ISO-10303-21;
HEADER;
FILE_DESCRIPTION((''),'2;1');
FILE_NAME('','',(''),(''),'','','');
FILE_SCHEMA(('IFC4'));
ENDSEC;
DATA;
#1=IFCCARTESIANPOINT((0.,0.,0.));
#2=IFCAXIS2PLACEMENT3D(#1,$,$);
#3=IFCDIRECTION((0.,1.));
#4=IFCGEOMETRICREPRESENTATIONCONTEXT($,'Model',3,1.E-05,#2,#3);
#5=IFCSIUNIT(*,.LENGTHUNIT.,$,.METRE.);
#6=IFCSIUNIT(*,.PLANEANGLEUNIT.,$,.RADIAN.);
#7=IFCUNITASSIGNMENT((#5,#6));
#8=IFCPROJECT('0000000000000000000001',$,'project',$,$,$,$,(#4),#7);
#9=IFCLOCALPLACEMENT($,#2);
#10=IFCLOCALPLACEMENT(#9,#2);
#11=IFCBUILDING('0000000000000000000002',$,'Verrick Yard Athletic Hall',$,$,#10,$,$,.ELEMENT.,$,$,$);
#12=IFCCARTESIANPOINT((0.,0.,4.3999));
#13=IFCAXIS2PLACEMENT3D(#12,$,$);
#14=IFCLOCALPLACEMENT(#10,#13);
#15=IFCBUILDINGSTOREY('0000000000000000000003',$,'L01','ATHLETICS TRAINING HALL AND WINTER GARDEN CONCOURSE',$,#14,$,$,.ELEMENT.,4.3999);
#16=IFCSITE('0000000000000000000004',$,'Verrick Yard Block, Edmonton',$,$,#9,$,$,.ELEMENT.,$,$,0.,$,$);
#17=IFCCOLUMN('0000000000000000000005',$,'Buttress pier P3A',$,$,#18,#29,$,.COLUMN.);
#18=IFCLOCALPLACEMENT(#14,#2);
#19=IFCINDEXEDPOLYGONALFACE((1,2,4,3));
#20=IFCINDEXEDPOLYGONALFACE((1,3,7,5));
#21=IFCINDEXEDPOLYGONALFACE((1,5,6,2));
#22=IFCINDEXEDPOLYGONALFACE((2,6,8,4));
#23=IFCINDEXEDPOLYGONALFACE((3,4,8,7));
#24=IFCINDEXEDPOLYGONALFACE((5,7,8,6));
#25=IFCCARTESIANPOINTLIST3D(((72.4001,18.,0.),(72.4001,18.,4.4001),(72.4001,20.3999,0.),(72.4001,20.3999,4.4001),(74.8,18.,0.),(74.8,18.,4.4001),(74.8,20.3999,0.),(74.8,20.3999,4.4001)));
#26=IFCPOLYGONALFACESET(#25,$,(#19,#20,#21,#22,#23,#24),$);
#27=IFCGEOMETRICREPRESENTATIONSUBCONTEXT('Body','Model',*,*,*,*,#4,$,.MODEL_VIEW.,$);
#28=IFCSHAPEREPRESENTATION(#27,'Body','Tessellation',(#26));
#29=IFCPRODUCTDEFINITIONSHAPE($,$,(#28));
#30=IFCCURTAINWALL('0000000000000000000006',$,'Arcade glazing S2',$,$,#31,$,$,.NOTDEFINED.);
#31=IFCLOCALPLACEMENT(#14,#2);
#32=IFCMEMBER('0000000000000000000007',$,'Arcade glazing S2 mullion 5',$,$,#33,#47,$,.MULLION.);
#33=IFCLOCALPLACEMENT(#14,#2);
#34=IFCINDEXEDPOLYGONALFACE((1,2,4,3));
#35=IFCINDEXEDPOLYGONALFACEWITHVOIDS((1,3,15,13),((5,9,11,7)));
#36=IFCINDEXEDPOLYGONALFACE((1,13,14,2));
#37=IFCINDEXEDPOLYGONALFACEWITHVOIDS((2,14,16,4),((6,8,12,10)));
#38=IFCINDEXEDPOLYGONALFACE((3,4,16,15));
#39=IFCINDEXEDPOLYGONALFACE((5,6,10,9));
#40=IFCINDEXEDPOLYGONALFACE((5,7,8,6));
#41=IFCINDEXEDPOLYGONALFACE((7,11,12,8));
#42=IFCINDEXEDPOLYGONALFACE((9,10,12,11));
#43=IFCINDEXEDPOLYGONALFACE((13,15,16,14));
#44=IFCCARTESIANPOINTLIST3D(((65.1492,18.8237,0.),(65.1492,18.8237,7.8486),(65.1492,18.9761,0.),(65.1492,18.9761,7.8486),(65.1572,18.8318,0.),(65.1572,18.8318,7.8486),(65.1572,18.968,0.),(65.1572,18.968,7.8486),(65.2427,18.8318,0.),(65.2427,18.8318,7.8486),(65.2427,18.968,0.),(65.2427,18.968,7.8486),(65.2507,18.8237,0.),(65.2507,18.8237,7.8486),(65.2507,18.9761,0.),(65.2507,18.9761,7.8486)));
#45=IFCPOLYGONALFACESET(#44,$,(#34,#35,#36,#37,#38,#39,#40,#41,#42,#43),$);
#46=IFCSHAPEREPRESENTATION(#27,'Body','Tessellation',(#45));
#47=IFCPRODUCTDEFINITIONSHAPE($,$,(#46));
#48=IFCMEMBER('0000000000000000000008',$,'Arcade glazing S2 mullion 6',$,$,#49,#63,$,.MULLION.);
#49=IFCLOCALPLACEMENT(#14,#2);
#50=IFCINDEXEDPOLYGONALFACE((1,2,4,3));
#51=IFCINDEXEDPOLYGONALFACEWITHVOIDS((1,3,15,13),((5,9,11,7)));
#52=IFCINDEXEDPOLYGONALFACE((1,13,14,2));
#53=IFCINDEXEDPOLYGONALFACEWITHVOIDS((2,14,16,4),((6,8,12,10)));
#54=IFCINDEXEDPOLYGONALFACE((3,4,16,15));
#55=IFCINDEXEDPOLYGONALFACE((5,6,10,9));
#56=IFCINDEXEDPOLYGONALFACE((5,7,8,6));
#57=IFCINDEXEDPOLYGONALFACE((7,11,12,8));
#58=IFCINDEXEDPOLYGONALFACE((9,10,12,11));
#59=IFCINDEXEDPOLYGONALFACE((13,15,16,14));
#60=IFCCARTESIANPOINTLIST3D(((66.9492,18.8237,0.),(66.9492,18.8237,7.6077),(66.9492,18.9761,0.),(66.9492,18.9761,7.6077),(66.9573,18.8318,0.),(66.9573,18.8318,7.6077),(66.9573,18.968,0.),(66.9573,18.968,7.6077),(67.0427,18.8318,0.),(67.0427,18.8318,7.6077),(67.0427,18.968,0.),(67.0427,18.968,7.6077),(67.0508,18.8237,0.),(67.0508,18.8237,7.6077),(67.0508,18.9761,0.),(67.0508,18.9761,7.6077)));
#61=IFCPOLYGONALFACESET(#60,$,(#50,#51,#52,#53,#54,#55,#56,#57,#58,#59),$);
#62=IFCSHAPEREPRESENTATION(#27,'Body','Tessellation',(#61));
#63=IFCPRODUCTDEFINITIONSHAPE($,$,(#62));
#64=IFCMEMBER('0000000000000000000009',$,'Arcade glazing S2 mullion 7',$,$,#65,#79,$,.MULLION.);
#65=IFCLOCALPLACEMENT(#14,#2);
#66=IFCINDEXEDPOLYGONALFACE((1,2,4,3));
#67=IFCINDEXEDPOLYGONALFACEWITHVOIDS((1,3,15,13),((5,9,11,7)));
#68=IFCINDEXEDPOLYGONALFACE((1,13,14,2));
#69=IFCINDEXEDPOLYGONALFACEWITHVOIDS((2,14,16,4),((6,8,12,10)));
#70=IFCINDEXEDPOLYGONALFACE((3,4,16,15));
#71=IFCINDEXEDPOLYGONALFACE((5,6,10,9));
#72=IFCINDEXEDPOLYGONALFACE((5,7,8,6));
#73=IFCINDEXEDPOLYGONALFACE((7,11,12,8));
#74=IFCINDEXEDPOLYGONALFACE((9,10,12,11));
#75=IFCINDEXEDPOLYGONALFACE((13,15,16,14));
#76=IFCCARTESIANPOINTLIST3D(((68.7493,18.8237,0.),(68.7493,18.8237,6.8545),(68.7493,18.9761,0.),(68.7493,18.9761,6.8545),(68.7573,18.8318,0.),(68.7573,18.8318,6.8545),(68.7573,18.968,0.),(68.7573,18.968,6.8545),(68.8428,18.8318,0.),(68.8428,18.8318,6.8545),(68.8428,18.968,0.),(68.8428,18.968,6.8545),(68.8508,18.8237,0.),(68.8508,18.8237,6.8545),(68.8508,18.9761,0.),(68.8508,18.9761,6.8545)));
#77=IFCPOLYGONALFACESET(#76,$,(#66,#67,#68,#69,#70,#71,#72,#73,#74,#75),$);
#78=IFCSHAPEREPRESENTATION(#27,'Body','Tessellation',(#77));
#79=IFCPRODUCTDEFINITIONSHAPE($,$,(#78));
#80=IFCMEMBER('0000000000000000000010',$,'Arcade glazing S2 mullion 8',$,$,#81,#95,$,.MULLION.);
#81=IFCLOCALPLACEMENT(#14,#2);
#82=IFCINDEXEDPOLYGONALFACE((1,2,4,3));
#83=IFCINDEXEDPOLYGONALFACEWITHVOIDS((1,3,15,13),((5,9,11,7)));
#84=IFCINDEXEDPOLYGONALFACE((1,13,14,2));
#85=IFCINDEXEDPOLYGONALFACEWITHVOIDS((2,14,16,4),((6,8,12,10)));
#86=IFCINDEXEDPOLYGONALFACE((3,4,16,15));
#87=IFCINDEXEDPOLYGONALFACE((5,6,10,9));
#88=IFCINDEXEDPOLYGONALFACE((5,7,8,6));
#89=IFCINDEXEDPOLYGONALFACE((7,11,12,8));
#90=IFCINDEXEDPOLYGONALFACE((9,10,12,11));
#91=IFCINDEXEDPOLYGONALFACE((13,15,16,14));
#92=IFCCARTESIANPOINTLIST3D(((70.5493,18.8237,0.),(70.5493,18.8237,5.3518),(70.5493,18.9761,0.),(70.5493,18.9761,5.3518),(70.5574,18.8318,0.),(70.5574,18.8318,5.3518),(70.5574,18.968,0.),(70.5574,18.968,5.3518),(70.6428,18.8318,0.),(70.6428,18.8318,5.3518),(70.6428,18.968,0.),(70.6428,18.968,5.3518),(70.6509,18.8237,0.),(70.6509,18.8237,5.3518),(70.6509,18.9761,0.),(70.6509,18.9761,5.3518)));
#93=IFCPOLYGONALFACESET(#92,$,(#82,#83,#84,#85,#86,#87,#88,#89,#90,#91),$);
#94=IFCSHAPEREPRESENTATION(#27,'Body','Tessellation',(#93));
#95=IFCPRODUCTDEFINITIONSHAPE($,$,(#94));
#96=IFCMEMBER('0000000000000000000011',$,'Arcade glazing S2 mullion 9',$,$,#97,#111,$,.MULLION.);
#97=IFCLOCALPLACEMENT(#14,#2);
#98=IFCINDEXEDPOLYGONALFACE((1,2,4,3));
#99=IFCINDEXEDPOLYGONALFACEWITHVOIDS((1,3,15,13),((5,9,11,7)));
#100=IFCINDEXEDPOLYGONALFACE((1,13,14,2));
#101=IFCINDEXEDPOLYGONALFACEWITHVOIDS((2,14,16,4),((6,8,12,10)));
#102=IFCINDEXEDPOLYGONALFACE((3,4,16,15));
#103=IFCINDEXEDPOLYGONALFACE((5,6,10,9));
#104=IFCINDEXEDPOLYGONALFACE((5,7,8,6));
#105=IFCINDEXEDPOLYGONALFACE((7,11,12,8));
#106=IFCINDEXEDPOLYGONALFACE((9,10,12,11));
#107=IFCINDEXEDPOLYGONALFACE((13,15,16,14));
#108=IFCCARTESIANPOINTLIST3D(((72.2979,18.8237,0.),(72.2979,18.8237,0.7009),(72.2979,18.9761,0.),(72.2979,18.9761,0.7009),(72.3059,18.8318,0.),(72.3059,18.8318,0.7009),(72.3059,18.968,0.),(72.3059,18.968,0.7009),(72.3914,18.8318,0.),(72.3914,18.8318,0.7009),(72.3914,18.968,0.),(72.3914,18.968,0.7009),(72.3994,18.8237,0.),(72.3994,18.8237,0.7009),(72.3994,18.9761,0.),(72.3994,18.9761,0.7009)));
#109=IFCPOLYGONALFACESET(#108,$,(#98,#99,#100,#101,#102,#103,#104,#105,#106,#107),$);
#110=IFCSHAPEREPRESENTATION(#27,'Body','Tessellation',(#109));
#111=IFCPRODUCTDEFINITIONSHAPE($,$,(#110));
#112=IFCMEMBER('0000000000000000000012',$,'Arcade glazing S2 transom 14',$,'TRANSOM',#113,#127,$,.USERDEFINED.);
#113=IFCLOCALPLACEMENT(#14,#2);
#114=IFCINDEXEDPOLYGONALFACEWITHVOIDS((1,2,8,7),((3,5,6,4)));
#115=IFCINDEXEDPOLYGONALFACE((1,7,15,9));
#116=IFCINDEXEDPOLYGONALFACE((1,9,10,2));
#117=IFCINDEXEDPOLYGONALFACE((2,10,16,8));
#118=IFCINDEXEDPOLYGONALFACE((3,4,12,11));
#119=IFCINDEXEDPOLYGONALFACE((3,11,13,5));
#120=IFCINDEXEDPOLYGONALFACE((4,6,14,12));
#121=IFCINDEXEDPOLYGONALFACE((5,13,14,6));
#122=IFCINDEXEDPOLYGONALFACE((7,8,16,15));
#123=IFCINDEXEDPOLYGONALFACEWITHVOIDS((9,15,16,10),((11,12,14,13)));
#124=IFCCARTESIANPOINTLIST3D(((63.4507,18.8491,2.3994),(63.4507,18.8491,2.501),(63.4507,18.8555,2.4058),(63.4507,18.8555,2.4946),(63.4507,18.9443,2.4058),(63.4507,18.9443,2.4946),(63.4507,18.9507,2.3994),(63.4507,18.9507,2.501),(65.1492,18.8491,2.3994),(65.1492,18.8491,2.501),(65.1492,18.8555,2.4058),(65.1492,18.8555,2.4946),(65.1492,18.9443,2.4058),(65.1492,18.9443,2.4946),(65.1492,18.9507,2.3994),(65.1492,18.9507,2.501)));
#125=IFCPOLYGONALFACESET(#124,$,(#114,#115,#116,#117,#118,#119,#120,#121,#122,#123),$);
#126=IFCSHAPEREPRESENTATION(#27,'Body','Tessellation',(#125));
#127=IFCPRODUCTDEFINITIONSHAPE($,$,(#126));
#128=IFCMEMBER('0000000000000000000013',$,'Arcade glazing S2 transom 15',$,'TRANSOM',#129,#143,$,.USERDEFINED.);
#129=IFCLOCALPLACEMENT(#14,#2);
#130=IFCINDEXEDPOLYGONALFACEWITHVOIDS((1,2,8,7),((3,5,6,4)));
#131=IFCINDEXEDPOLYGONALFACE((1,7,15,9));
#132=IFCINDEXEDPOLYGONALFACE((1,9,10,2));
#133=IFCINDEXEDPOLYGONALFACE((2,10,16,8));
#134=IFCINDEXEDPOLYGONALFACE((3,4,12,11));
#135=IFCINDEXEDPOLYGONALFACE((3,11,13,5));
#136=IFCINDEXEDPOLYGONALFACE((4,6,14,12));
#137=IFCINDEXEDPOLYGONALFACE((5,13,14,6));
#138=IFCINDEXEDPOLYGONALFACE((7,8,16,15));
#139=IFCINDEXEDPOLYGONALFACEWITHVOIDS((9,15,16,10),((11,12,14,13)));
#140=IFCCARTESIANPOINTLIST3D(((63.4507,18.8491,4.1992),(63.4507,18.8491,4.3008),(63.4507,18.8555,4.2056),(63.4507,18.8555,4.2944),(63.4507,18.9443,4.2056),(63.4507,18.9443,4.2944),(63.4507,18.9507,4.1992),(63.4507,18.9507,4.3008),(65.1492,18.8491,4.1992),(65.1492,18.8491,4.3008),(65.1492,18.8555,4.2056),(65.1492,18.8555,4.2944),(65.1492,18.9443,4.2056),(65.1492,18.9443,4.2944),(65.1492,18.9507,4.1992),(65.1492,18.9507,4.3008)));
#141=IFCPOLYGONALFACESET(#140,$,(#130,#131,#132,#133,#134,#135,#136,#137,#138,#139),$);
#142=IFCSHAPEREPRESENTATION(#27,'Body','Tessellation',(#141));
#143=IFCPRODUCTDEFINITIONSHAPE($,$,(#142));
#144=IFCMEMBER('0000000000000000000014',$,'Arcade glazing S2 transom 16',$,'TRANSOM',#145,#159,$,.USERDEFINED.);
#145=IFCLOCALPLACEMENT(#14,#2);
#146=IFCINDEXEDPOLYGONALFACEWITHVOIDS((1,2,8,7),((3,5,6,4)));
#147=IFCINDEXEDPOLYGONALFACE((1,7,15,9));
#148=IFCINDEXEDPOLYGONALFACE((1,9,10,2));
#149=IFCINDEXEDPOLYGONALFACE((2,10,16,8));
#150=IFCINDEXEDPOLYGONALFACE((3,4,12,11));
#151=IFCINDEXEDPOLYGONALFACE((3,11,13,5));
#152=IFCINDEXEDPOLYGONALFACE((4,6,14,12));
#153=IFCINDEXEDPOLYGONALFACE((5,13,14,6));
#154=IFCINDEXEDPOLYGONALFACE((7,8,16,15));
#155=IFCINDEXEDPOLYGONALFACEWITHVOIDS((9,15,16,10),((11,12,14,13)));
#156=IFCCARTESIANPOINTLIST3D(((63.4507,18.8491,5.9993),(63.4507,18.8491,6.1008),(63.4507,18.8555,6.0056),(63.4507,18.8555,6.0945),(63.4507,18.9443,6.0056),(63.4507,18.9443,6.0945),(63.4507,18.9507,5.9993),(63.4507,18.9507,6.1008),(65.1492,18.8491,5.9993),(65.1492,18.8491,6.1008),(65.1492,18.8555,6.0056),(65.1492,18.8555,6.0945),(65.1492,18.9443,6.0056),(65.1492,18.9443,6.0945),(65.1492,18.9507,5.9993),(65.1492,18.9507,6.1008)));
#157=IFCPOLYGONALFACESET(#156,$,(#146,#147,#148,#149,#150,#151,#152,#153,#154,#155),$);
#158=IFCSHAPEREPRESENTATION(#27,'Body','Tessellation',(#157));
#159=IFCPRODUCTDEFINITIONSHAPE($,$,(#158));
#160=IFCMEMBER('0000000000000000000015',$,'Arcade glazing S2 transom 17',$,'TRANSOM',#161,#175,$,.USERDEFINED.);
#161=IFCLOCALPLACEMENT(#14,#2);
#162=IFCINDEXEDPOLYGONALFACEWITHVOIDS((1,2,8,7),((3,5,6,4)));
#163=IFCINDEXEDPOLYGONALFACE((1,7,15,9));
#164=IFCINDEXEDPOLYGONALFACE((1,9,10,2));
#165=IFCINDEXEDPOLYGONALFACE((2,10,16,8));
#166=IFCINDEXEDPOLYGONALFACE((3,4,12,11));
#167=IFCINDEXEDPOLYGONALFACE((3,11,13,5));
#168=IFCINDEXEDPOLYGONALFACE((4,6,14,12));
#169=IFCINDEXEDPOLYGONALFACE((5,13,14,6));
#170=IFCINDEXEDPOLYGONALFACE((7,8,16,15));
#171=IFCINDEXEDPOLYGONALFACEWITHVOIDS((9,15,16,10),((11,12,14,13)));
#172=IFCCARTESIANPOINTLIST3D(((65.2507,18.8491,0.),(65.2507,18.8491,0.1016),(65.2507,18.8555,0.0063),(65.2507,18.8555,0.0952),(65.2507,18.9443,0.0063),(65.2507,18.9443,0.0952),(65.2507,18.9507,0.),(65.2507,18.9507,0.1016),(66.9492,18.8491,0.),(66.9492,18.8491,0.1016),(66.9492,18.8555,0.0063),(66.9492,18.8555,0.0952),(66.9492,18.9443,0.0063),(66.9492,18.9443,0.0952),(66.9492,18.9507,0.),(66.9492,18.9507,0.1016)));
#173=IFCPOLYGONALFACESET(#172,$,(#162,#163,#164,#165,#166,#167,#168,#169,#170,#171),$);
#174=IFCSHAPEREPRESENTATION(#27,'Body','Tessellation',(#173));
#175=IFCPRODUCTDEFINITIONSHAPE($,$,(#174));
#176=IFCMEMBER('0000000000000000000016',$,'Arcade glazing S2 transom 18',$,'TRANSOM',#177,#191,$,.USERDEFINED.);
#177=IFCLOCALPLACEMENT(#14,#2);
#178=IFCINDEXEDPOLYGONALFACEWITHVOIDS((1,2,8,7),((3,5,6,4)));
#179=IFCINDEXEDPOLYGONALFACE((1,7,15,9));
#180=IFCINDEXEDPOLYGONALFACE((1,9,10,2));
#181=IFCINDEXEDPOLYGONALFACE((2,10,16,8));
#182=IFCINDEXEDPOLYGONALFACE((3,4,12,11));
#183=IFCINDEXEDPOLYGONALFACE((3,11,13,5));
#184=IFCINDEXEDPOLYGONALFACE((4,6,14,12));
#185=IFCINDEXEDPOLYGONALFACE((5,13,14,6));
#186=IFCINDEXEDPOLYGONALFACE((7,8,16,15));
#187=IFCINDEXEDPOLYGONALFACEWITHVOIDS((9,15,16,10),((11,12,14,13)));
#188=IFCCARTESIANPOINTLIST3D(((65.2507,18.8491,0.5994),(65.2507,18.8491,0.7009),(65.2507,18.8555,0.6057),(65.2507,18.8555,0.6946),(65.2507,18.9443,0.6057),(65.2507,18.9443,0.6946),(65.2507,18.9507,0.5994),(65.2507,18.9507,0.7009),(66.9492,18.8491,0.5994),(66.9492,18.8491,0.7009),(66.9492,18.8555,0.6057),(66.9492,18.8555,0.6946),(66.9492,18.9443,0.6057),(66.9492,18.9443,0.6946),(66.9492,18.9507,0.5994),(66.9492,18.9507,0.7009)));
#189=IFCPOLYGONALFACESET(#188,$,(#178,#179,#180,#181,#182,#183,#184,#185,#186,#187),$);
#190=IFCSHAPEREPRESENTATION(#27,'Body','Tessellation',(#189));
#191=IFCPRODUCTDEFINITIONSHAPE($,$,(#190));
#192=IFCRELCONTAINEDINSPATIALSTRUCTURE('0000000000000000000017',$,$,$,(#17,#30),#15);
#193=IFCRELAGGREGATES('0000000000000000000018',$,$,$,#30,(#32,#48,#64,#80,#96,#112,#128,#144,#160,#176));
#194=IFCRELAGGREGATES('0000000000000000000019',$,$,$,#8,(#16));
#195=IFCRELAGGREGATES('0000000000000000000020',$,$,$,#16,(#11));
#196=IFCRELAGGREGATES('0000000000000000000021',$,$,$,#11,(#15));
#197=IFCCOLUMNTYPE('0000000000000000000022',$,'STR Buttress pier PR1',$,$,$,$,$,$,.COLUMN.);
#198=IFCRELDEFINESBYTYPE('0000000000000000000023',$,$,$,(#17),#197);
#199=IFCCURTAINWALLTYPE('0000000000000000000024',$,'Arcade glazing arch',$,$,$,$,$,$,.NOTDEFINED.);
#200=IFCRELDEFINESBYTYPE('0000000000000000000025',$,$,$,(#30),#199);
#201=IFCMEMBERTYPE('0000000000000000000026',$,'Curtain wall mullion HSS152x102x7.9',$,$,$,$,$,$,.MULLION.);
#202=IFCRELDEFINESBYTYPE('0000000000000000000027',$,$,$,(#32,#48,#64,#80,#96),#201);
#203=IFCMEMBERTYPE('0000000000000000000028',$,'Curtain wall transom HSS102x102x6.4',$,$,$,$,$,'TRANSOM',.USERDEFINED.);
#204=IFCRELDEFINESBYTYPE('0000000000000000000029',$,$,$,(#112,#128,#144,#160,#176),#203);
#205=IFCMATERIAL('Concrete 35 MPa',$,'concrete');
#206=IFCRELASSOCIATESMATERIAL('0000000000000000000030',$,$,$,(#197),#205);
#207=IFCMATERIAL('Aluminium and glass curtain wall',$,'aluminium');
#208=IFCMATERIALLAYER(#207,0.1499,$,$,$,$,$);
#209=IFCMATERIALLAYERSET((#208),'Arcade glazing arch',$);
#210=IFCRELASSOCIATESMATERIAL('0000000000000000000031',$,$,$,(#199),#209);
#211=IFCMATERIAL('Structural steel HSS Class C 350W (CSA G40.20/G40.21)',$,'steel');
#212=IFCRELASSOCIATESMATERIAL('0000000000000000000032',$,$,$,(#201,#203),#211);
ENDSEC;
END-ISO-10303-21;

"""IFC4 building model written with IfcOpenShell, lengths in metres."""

from ifc_helpers import new_model, si_unit, direction, frame, origin, origin_2d, place, context, subcontext, project, spatial, rectangle, hollow_rectangle, extrude, material, layer, layer_set, material_profile, profile_set, type_object, element, aggregate, save


model = new_model("IFC4")

# Units and contexts
model_context = context("Model", 3, precision=1e-05, world=origin(), true_north=direction((0.0, 1.0)))
body_context = subcontext(model_context, "Body", "Model", "MODEL_VIEW")
ifc_project = project(units=[si_unit("LENGTHUNIT", "METRE"), si_unit("PLANEANGLEUNIT", "RADIAN")], contexts=[model_context])

# Site, building, storey
site_placement = place(None, origin())
site = spatial("IfcSite", under=ifc_project, at=site_placement, Name="Verrick Yard Block, Edmonton", CompositionType="ELEMENT", RefElevation=0.0)
building_placement = place(site_placement, origin())
building = spatial("IfcBuilding", under=site, at=building_placement, Name="Verrick Yard Athletic Hall", CompositionType="ELEMENT")
storey_placement = place(building_placement, frame((0.0, 0.0, 4.3999)))
storey = spatial("IfcBuildingStorey", under=building, at=storey_placement, Name="L01", Description="ATHLETICS TRAINING HALL AND WINTER GARDEN CONCOURSE", CompositionType="ELEMENT", Elevation=4.3999)

# Column
ifc_material_1 = material(Name="Concrete 35 MPa", Category="concrete")
ifc_material_profile_1 = material_profile(ifc_material_1, rectangle(XDim=2.3999, YDim=2.3999, at=origin_2d()), Name="STR Buttress pier PR1")
ifc_profile_set_1 = profile_set([ifc_material_profile_1], Name="Concrete 35 MPa")
column_type = type_object("IfcColumnType", Name="STR Buttress pier PR1", PredefinedType="COLUMN", material=ifc_profile_set_1)
column_placement = place(storey_placement, frame((73.6001, 19.2, 0.0), z_axis=(0.0, 0.0, 1.0), x_axis=(1.0, 0.0, 0.0)))
element("IfcColumn", 1, at=column_placement, inside=storey, type_object=column_type, Name="Buttress pier P3A", PredefinedType="COLUMN", context=body_context, shape_type="SweptSolid", body=[
    extrude(rectangle(XDim=2.3999, YDim=2.3999, at=origin_2d()), origin(), (0.0, 0.0, 1.0), 4.4001),
])

# Curtain wall, members
ifc_material_2 = material(Name="Aluminium and glass curtain wall", Category="aluminium")
ifc_layer_1 = layer(ifc_material_2, 0.1499)
ifc_layer_set_1 = layer_set([ifc_layer_1], Name="Arcade glazing arch")
curtain_wall_type_1 = type_object("IfcCurtainWallType", Name="Arcade glazing arch", PredefinedType="NOTDEFINED", material=ifc_layer_set_1)
curtain_wall_1_placement = place(storey_placement, origin())
curtain_wall_1 = element("IfcCurtainWall", 2, at=curtain_wall_1_placement, inside=storey, type_object=curtain_wall_type_1, Name="Arcade glazing S2", PredefinedType="NOTDEFINED")
ifc_material_3 = material(Name="Structural steel HSS Class C 350W (CSA G40.20/G40.21)", Category="steel")
ifc_material_profile_2 = material_profile(ifc_material_3, hollow_rectangle(XDim=0.1016, YDim=0.1523, WallThickness=0.0081, at=origin_2d()), Name="HSS152x102x7.9")
ifc_profile_set_2 = profile_set([ifc_material_profile_2], Name="Structural steel HSS Class C 350W (CSA G40.20/G40.21)")
member_type_1 = type_object("IfcMemberType", Name="Curtain wall mullion HSS152x102x7.9", PredefinedType="MULLION", material=ifc_profile_set_2)
member_1_placement = place(storey_placement, frame((65.2, 18.8999, 0.0), z_axis=(0.0, 0.0, 1.0), x_axis=(1.0, 0.0, 0.0)))
member_1 = element("IfcMember", 3, at=member_1_placement, type_object=member_type_1, Name="Arcade glazing S2 mullion 5", PredefinedType="MULLION", context=body_context, shape_type="SweptSolid", body=[
    extrude(hollow_rectangle(XDim=0.1016, YDim=0.1523, WallThickness=0.0081, at=origin_2d()), origin(), (0.0, 0.0, 1.0), 7.8486),
])
member_2_placement = place(storey_placement, frame((67.0, 18.8999, 0.0), z_axis=(0.0, 0.0, 1.0), x_axis=(1.0, 0.0, 0.0)))
member_2 = element("IfcMember", 4, at=member_2_placement, type_object=member_type_1, Name="Arcade glazing S2 mullion 6", PredefinedType="MULLION", context=body_context, shape_type="SweptSolid", body=[
    extrude(hollow_rectangle(XDim=0.1016, YDim=0.1523, WallThickness=0.0081, at=origin_2d()), origin(), (0.0, 0.0, 1.0), 7.6077),
])
member_3_placement = place(storey_placement, frame((68.8, 18.8999, 0.0), z_axis=(0.0, 0.0, 1.0), x_axis=(1.0, 0.0, 0.0)))
member_3 = element("IfcMember", 5, at=member_3_placement, type_object=member_type_1, Name="Arcade glazing S2 mullion 7", PredefinedType="MULLION", context=body_context, shape_type="SweptSolid", body=[
    extrude(hollow_rectangle(XDim=0.1016, YDim=0.1523, WallThickness=0.0081, at=origin_2d()), origin(), (0.0, 0.0, 1.0), 6.8545),
])
member_4_placement = place(storey_placement, frame((70.6001, 18.8999, 0.0), z_axis=(0.0, 0.0, 1.0), x_axis=(1.0, 0.0, 0.0)))
member_4 = element("IfcMember", 6, at=member_4_placement, type_object=member_type_1, Name="Arcade glazing S2 mullion 8", PredefinedType="MULLION", context=body_context, shape_type="SweptSolid", body=[
    extrude(hollow_rectangle(XDim=0.1016, YDim=0.1523, WallThickness=0.0081, at=origin_2d()), origin(), (0.0, 0.0, 1.0), 5.3518),
])
member_5_placement = place(storey_placement, frame((72.3486, 18.8999, 0.0), z_axis=(0.0, 0.0, 1.0), x_axis=(1.0, 0.0, 0.0)))
member_5 = element("IfcMember", 7, at=member_5_placement, type_object=member_type_1, Name="Arcade glazing S2 mullion 9", PredefinedType="MULLION", context=body_context, shape_type="SweptSolid", body=[
    extrude(hollow_rectangle(XDim=0.1016, YDim=0.1523, WallThickness=0.0081, at=origin_2d()), origin(), (0.0, 0.0, 1.0), 0.7009),
])
ifc_material_profile_3 = material_profile(ifc_material_3, hollow_rectangle(XDim=0.1016, YDim=0.1016, WallThickness=0.0063, at=origin_2d()), Name="HSS102x102x6.4")
ifc_profile_set_3 = profile_set([ifc_material_profile_3], Name="Structural steel HSS Class C 350W (CSA G40.20/G40.21)")
member_type_2 = type_object("IfcMemberType", Name="Curtain wall transom HSS102x102x6.4", ElementType="TRANSOM", PredefinedType="USERDEFINED", material=ifc_profile_set_3)
member_6_placement = place(storey_placement, frame((63.4507, 18.8999, 2.4502), z_axis=(1.0, 0.0, 0.0), x_axis=(0.0, 1.0, 0.0)))
member_6 = element("IfcMember", 8, at=member_6_placement, type_object=member_type_2, Name="Arcade glazing S2 transom 14", ObjectType="TRANSOM", PredefinedType="USERDEFINED", context=body_context, shape_type="SweptSolid", body=[
    extrude(hollow_rectangle(XDim=0.1016, YDim=0.1016, WallThickness=0.0063, at=origin_2d()), origin(), (0.0, 0.0, 1.0), 1.6985),
])
member_7_placement = place(storey_placement, frame((63.4507, 18.8999, 4.25), z_axis=(1.0, 0.0, 0.0), x_axis=(0.0, 1.0, 0.0)))
member_7 = element("IfcMember", 9, at=member_7_placement, type_object=member_type_2, Name="Arcade glazing S2 transom 15", ObjectType="TRANSOM", PredefinedType="USERDEFINED", context=body_context, shape_type="SweptSolid", body=[
    extrude(hollow_rectangle(XDim=0.1016, YDim=0.1016, WallThickness=0.0063, at=origin_2d()), origin(), (0.0, 0.0, 1.0), 1.6985),
])
member_8_placement = place(storey_placement, frame((63.4507, 18.8999, 6.05), z_axis=(1.0, 0.0, 0.0), x_axis=(0.0, 1.0, 0.0)))
member_8 = element("IfcMember", 10, at=member_8_placement, type_object=member_type_2, Name="Arcade glazing S2 transom 16", ObjectType="TRANSOM", PredefinedType="USERDEFINED", context=body_context, shape_type="SweptSolid", body=[
    extrude(hollow_rectangle(XDim=0.1016, YDim=0.1016, WallThickness=0.0063, at=origin_2d()), origin(), (0.0, 0.0, 1.0), 1.6985),
])
member_9_placement = place(storey_placement, frame((65.2507, 18.8999, 0.0508), z_axis=(1.0, 0.0, 0.0), x_axis=(0.0, 1.0, 0.0)))
member_9 = element("IfcMember", 11, at=member_9_placement, type_object=member_type_2, Name="Arcade glazing S2 transom 17", ObjectType="TRANSOM", PredefinedType="USERDEFINED", context=body_context, shape_type="SweptSolid", body=[
    extrude(hollow_rectangle(XDim=0.1016, YDim=0.1016, WallThickness=0.0063, at=origin_2d()), origin(), (0.0, 0.0, 1.0), 1.6985),
])
member_10_placement = place(storey_placement, frame((65.2507, 18.8999, 0.6501), z_axis=(1.0, 0.0, 0.0), x_axis=(0.0, 1.0, 0.0)))
member_10 = element("IfcMember", 12, at=member_10_placement, type_object=member_type_2, Name="Arcade glazing S2 transom 18", ObjectType="TRANSOM", PredefinedType="USERDEFINED", context=body_context, shape_type="SweptSolid", body=[
    extrude(hollow_rectangle(XDim=0.1016, YDim=0.1016, WallThickness=0.0063, at=origin_2d()), origin(), (0.0, 0.0, 1.0), 1.6985),
])
aggregate(curtain_wall_1, [member_1, member_2, member_3, member_4, member_5, member_6, member_7, member_8, member_9, member_10])

save(model, "model.ifc")
